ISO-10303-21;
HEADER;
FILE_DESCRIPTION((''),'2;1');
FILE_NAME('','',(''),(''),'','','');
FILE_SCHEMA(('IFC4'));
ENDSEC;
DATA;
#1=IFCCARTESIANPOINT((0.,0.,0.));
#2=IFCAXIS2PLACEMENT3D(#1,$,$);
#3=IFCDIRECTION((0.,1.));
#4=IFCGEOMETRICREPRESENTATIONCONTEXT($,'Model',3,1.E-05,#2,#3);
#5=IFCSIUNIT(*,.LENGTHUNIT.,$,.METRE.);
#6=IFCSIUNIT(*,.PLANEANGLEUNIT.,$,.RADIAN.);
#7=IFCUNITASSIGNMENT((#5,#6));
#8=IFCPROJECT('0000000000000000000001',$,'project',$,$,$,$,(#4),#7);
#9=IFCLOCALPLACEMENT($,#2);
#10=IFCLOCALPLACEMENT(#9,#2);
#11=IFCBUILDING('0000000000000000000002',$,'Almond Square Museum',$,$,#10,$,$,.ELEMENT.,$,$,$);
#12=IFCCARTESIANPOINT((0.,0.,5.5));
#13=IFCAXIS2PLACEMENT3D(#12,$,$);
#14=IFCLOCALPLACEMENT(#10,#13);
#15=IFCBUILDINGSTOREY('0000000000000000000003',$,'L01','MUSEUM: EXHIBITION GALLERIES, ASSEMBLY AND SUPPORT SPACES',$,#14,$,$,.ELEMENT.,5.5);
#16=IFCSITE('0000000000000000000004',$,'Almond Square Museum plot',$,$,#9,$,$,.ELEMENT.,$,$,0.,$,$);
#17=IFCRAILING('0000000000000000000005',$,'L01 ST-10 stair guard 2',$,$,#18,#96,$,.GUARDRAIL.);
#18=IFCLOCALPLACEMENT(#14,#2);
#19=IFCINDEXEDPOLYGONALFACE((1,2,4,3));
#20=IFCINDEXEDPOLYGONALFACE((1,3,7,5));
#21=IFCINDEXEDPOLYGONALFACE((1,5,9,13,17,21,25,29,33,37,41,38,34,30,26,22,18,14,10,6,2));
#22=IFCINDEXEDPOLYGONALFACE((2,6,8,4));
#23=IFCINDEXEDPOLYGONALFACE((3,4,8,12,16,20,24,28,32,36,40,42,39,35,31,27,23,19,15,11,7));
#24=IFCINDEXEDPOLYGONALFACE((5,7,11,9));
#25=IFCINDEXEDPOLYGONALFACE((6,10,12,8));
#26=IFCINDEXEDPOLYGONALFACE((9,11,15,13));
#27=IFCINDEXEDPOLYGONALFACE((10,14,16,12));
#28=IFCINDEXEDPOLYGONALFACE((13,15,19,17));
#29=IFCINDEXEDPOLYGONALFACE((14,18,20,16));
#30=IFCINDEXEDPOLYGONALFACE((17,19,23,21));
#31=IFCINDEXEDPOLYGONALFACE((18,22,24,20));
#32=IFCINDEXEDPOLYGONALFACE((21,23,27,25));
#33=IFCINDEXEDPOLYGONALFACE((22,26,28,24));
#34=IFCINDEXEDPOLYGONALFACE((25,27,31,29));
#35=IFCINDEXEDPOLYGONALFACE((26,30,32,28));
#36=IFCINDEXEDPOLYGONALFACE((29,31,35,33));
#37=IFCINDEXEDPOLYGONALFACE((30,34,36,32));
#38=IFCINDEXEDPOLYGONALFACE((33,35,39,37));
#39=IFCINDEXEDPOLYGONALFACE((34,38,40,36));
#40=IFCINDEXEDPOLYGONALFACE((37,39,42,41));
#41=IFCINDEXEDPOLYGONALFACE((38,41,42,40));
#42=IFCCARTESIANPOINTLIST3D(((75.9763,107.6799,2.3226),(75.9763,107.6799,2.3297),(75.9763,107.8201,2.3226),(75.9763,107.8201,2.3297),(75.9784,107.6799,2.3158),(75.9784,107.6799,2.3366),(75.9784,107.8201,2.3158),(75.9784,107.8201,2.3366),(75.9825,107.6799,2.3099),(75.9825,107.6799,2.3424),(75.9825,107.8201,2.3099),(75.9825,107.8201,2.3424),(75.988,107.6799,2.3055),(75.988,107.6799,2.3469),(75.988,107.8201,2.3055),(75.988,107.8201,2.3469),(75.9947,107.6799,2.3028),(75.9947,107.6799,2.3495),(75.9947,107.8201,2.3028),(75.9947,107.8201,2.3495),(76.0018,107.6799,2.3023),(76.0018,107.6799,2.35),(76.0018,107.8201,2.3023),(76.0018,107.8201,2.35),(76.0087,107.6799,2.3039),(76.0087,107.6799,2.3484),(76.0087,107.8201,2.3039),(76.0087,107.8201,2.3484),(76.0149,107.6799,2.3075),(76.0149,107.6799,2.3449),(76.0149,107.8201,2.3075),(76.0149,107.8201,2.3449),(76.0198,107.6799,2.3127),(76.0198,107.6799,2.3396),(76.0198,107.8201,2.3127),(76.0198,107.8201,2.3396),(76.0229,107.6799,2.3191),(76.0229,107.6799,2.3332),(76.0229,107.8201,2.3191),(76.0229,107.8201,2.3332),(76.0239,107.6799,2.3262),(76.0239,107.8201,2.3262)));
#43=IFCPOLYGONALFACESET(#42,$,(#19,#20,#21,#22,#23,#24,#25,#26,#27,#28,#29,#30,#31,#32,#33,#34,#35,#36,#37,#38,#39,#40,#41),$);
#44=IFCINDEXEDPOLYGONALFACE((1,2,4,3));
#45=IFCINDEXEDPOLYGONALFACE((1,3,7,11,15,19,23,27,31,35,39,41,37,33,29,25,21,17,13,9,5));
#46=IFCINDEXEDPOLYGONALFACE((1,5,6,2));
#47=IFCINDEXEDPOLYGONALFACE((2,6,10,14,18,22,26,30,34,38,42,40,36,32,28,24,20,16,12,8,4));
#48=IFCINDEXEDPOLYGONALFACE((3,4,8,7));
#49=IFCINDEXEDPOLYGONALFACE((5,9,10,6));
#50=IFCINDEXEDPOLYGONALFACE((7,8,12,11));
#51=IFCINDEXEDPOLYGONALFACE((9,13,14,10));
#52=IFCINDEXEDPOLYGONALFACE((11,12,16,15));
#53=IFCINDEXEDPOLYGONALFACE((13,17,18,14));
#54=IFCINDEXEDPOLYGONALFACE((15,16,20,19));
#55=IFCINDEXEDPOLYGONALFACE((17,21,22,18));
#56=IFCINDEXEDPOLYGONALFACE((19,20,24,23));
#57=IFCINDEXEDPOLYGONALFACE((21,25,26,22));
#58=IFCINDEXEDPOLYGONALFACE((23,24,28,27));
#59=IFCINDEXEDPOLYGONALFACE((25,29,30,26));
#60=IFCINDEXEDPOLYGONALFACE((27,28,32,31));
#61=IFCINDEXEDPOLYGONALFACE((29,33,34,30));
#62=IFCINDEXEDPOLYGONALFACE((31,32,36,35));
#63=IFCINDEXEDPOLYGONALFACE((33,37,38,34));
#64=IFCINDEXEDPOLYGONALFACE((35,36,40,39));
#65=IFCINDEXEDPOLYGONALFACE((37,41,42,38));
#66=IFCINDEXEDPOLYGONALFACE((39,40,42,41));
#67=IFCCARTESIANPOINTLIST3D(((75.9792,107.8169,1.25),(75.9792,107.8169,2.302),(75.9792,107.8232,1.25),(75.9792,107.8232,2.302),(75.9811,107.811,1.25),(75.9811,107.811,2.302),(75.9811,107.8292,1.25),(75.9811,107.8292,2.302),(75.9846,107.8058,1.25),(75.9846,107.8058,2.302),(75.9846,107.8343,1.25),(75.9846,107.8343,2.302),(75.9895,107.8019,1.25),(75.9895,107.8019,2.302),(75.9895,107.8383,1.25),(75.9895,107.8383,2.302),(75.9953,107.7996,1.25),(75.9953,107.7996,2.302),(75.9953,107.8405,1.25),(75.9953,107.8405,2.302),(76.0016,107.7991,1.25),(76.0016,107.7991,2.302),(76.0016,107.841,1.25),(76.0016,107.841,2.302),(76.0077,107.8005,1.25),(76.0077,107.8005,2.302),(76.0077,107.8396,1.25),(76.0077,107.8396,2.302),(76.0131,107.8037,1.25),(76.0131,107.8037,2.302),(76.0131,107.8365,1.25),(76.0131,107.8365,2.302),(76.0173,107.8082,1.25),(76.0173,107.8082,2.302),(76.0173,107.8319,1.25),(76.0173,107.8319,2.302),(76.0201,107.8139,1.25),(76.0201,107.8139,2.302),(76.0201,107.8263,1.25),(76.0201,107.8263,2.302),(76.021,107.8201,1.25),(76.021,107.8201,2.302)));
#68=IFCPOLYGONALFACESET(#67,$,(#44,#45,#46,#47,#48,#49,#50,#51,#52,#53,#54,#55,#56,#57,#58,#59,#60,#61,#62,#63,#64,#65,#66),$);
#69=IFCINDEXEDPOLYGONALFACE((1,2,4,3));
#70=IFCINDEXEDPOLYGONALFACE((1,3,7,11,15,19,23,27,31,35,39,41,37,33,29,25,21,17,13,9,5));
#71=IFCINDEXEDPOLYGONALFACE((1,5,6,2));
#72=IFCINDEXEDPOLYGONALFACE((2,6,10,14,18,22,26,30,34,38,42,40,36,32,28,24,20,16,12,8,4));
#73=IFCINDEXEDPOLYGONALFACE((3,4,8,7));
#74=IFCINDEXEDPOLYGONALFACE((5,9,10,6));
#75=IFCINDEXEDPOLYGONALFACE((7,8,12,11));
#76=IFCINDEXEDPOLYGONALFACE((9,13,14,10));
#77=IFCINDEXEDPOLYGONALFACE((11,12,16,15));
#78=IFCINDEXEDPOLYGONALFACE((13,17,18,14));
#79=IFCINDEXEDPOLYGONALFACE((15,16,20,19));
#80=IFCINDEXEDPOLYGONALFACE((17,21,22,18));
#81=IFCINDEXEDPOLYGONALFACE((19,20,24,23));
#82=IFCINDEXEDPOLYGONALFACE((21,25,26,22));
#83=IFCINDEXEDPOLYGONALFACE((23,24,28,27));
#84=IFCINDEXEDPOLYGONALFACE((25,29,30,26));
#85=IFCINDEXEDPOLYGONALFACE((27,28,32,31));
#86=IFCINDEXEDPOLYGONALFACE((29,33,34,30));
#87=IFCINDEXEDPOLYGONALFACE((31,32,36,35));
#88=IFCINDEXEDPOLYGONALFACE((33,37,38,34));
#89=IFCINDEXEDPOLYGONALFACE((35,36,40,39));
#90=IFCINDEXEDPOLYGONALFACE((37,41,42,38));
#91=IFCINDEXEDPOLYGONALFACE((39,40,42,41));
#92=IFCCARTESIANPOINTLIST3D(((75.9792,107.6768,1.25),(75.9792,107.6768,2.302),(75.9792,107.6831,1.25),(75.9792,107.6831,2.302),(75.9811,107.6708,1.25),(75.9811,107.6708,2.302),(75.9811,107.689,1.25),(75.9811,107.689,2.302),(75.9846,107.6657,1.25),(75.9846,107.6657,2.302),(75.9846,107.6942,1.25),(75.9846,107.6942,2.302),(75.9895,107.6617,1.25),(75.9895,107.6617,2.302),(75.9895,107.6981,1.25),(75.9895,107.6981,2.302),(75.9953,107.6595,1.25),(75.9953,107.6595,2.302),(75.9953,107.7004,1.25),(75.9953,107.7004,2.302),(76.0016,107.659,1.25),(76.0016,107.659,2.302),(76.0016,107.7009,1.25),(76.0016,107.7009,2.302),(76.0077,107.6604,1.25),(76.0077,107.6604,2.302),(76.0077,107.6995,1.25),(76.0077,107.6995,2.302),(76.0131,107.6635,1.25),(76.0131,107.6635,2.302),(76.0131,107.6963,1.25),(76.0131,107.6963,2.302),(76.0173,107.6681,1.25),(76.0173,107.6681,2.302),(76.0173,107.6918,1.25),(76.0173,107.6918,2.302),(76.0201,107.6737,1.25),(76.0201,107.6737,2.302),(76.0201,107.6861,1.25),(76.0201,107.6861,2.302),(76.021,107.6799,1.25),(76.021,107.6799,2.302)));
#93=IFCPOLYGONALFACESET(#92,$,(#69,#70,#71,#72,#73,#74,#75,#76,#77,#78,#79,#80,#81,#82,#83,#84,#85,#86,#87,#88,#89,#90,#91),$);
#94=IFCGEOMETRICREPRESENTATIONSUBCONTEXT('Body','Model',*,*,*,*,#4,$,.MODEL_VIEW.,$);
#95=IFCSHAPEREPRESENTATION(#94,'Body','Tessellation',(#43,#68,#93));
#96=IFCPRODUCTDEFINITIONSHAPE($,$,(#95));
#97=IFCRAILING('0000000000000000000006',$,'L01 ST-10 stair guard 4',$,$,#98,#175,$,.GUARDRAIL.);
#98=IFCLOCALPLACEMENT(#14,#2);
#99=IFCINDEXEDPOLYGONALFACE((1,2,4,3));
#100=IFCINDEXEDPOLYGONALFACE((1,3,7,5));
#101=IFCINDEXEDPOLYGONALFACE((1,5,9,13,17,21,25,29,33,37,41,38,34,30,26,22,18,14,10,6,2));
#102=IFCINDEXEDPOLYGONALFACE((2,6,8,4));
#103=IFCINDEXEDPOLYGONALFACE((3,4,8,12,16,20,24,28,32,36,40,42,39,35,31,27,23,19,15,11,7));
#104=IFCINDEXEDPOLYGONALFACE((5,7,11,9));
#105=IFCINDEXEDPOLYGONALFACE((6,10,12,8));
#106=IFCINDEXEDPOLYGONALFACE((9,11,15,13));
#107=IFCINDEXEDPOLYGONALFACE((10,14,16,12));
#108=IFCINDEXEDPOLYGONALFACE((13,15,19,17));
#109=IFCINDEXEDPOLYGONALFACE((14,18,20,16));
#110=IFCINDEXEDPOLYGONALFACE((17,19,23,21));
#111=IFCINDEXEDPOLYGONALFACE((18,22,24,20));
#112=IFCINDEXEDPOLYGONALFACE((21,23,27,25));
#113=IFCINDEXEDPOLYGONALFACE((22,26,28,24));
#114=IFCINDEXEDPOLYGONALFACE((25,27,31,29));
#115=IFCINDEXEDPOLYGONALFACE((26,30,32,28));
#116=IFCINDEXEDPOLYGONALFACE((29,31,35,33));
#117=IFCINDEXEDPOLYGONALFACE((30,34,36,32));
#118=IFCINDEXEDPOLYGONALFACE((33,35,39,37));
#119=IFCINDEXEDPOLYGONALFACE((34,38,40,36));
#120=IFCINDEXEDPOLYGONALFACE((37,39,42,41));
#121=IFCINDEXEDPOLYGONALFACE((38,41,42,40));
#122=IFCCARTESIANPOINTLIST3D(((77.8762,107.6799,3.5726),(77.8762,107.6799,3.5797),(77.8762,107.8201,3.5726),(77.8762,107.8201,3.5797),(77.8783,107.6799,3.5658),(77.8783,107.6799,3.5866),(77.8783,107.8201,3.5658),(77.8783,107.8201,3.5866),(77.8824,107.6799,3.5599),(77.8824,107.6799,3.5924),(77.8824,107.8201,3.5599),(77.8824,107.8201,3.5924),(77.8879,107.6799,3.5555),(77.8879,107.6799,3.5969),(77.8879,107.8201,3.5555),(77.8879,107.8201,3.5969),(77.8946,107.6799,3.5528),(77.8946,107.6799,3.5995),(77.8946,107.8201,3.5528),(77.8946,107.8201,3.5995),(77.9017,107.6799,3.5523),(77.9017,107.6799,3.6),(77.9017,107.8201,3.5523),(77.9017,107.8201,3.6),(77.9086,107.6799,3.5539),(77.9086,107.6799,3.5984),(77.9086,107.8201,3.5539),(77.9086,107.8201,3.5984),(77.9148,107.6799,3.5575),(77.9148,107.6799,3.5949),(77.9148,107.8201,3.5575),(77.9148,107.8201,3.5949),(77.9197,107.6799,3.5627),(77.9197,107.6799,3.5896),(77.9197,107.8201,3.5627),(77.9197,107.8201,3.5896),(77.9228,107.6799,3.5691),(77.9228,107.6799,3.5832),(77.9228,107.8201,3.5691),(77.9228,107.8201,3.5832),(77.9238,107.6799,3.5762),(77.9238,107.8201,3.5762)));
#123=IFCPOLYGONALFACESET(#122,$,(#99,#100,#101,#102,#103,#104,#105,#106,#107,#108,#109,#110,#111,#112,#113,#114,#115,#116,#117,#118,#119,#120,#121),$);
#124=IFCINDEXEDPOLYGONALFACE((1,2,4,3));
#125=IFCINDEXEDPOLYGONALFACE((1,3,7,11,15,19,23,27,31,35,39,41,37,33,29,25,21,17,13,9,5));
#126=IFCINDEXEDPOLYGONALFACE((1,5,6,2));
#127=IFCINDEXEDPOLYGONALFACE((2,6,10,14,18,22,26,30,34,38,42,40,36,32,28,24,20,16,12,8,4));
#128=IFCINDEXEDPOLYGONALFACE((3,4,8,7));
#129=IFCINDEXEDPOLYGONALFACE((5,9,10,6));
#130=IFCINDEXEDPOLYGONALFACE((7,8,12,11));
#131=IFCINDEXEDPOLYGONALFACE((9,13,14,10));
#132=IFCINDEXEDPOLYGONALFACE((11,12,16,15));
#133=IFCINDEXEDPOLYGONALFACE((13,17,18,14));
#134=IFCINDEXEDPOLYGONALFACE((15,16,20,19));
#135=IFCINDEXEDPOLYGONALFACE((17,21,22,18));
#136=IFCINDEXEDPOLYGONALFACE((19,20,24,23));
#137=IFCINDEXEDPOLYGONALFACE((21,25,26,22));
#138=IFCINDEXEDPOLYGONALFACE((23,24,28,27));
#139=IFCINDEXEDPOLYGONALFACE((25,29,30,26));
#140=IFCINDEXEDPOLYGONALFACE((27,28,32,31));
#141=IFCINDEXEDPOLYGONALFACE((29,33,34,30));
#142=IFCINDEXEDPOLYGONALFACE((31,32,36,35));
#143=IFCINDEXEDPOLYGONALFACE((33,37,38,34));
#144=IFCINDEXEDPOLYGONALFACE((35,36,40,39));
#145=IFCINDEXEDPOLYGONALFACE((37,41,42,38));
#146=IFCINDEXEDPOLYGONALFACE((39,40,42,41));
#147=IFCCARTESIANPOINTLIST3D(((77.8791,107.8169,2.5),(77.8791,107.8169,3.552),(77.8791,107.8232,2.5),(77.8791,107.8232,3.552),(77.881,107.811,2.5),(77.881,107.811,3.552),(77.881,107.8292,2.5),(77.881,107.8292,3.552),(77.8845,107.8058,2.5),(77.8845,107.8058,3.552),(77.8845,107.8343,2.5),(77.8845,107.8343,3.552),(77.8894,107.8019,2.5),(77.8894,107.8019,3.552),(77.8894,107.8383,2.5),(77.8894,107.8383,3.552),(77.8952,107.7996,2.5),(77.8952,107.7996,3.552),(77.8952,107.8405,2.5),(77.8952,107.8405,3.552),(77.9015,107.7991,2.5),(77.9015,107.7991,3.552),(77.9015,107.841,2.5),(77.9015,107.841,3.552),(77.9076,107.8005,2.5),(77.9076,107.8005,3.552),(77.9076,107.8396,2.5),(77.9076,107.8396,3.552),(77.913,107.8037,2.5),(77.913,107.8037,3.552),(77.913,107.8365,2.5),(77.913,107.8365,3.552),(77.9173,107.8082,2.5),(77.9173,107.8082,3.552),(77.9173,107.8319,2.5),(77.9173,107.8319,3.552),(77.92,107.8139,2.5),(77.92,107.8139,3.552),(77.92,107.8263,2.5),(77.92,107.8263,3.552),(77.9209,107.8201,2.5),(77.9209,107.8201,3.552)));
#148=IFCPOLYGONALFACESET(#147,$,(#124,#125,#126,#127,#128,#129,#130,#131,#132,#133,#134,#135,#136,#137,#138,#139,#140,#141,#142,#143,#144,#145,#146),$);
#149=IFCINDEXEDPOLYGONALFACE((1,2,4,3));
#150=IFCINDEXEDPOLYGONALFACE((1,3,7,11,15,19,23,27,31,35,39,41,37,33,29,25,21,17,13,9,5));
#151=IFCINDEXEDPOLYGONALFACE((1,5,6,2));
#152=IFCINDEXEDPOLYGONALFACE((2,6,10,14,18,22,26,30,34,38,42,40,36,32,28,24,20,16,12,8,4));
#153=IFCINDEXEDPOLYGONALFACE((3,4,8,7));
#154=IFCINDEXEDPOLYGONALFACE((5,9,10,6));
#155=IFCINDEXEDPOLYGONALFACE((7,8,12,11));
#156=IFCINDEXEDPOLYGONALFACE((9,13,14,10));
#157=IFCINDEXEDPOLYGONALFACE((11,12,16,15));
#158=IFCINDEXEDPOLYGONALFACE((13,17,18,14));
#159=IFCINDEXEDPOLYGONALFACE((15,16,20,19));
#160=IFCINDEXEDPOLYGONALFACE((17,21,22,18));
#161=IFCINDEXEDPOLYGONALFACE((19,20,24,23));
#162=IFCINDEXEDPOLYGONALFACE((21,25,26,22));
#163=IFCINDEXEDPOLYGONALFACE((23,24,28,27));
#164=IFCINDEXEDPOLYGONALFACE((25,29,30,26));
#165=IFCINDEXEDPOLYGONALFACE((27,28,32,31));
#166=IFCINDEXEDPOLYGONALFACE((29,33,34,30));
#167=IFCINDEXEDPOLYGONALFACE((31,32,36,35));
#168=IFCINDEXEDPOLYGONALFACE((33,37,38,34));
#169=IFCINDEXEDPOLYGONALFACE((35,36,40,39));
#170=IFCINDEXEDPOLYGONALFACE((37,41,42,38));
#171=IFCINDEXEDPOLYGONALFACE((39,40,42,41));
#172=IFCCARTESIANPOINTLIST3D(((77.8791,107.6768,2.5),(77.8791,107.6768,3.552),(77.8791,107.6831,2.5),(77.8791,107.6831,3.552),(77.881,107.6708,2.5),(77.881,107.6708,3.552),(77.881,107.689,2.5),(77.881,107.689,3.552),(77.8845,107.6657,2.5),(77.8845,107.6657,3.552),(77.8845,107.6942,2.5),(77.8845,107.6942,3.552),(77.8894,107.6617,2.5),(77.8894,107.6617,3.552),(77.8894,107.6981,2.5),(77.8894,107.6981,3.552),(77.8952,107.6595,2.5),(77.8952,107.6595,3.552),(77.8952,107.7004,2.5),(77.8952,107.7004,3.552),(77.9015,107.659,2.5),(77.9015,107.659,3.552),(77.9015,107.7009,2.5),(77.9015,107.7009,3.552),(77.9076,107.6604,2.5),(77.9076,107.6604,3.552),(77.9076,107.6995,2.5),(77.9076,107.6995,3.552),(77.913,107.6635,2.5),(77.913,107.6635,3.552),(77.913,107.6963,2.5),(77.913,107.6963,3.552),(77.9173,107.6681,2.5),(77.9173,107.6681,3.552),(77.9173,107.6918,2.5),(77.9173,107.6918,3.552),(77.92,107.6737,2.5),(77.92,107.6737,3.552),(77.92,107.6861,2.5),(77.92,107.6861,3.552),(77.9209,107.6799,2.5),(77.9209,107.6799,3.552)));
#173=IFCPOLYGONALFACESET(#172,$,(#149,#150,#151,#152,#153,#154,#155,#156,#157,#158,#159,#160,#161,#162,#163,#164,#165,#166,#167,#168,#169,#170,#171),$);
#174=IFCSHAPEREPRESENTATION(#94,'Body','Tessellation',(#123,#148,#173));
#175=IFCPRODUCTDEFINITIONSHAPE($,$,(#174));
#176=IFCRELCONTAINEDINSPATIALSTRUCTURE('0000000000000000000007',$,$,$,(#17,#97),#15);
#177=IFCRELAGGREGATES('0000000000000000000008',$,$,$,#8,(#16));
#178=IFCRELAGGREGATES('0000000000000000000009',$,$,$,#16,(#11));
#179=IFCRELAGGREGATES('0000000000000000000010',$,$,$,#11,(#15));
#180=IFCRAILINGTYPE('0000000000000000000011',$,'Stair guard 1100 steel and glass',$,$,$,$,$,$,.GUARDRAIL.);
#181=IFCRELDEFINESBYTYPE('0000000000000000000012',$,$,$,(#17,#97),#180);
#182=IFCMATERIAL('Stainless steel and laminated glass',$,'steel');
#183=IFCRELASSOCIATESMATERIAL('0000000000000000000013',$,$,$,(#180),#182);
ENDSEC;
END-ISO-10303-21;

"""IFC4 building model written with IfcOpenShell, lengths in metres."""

from ifc_helpers import new_model, si_unit, direction, frame, origin, origin_2d, place, context, subcontext, project, spatial, circle, extrude, material, type_object, element, save


model = new_model("IFC4")

# Units and contexts
model_context = context("Model", 3, precision=1e-05, world=origin(), true_north=direction((0.0, 1.0)))
body_context = subcontext(model_context, "Body", "Model", "MODEL_VIEW")
ifc_project = project(units=[si_unit("LENGTHUNIT", "METRE"), si_unit("PLANEANGLEUNIT", "RADIAN")], contexts=[model_context])

# Site, building, storey
site_placement = place(None, origin())
site = spatial("IfcSite", under=ifc_project, at=site_placement, Name="Almond Square Museum plot", CompositionType="ELEMENT", RefElevation=0.0)
building_placement = place(site_placement, origin())
building = spatial("IfcBuilding", under=site, at=building_placement, Name="Almond Square Museum", CompositionType="ELEMENT")
storey_placement = place(building_placement, frame((0.0, 0.0, 5.5)))
storey = spatial("IfcBuildingStorey", under=building, at=storey_placement, Name="L01", Description="MUSEUM: EXHIBITION GALLERIES, ASSEMBLY AND SUPPORT SPACES", CompositionType="ELEMENT", Elevation=5.5)

# Railings
ifc_material_1 = material(Name="Stainless steel and laminated glass", Category="steel")
railing_type_1 = type_object("IfcRailingType", Name="Stair guard 1100 steel and glass", PredefinedType="GUARDRAIL", material=ifc_material_1)
for number, where, name in (
    (1, (76.0, 107.8201, 1.25), "L01 ST-10 stair guard 2"),
    (2, (77.8999, 107.8201, 2.5), "L01 ST-10 stair guard 4"),
):
    element("IfcRailing", number, at=place(storey_placement, frame(where)), inside=storey, type_object=railing_type_1, Name=name, PredefinedType="GUARDRAIL", context=body_context, shape_type="SweptSolid", body=[
        extrude(circle(Radius=0.0239, at=origin_2d()), frame((0.0, 0.0, 1.0762), z_axis=(0.0, -1.0, 0.0), x_axis=(1.0, 0.0, 0.0)), (0.0, 0.0, 1.0), 0.1401),
        extrude(circle(Radius=0.021, at=origin_2d()), origin(), (0.0, 0.0, 1.0), 1.052),
        extrude(circle(Radius=0.021, at=origin_2d()), frame((0.0, -0.1401, 0.0)), (0.0, 0.0, 1.0), 1.052),
    ])

save(model, "model.ifc")
